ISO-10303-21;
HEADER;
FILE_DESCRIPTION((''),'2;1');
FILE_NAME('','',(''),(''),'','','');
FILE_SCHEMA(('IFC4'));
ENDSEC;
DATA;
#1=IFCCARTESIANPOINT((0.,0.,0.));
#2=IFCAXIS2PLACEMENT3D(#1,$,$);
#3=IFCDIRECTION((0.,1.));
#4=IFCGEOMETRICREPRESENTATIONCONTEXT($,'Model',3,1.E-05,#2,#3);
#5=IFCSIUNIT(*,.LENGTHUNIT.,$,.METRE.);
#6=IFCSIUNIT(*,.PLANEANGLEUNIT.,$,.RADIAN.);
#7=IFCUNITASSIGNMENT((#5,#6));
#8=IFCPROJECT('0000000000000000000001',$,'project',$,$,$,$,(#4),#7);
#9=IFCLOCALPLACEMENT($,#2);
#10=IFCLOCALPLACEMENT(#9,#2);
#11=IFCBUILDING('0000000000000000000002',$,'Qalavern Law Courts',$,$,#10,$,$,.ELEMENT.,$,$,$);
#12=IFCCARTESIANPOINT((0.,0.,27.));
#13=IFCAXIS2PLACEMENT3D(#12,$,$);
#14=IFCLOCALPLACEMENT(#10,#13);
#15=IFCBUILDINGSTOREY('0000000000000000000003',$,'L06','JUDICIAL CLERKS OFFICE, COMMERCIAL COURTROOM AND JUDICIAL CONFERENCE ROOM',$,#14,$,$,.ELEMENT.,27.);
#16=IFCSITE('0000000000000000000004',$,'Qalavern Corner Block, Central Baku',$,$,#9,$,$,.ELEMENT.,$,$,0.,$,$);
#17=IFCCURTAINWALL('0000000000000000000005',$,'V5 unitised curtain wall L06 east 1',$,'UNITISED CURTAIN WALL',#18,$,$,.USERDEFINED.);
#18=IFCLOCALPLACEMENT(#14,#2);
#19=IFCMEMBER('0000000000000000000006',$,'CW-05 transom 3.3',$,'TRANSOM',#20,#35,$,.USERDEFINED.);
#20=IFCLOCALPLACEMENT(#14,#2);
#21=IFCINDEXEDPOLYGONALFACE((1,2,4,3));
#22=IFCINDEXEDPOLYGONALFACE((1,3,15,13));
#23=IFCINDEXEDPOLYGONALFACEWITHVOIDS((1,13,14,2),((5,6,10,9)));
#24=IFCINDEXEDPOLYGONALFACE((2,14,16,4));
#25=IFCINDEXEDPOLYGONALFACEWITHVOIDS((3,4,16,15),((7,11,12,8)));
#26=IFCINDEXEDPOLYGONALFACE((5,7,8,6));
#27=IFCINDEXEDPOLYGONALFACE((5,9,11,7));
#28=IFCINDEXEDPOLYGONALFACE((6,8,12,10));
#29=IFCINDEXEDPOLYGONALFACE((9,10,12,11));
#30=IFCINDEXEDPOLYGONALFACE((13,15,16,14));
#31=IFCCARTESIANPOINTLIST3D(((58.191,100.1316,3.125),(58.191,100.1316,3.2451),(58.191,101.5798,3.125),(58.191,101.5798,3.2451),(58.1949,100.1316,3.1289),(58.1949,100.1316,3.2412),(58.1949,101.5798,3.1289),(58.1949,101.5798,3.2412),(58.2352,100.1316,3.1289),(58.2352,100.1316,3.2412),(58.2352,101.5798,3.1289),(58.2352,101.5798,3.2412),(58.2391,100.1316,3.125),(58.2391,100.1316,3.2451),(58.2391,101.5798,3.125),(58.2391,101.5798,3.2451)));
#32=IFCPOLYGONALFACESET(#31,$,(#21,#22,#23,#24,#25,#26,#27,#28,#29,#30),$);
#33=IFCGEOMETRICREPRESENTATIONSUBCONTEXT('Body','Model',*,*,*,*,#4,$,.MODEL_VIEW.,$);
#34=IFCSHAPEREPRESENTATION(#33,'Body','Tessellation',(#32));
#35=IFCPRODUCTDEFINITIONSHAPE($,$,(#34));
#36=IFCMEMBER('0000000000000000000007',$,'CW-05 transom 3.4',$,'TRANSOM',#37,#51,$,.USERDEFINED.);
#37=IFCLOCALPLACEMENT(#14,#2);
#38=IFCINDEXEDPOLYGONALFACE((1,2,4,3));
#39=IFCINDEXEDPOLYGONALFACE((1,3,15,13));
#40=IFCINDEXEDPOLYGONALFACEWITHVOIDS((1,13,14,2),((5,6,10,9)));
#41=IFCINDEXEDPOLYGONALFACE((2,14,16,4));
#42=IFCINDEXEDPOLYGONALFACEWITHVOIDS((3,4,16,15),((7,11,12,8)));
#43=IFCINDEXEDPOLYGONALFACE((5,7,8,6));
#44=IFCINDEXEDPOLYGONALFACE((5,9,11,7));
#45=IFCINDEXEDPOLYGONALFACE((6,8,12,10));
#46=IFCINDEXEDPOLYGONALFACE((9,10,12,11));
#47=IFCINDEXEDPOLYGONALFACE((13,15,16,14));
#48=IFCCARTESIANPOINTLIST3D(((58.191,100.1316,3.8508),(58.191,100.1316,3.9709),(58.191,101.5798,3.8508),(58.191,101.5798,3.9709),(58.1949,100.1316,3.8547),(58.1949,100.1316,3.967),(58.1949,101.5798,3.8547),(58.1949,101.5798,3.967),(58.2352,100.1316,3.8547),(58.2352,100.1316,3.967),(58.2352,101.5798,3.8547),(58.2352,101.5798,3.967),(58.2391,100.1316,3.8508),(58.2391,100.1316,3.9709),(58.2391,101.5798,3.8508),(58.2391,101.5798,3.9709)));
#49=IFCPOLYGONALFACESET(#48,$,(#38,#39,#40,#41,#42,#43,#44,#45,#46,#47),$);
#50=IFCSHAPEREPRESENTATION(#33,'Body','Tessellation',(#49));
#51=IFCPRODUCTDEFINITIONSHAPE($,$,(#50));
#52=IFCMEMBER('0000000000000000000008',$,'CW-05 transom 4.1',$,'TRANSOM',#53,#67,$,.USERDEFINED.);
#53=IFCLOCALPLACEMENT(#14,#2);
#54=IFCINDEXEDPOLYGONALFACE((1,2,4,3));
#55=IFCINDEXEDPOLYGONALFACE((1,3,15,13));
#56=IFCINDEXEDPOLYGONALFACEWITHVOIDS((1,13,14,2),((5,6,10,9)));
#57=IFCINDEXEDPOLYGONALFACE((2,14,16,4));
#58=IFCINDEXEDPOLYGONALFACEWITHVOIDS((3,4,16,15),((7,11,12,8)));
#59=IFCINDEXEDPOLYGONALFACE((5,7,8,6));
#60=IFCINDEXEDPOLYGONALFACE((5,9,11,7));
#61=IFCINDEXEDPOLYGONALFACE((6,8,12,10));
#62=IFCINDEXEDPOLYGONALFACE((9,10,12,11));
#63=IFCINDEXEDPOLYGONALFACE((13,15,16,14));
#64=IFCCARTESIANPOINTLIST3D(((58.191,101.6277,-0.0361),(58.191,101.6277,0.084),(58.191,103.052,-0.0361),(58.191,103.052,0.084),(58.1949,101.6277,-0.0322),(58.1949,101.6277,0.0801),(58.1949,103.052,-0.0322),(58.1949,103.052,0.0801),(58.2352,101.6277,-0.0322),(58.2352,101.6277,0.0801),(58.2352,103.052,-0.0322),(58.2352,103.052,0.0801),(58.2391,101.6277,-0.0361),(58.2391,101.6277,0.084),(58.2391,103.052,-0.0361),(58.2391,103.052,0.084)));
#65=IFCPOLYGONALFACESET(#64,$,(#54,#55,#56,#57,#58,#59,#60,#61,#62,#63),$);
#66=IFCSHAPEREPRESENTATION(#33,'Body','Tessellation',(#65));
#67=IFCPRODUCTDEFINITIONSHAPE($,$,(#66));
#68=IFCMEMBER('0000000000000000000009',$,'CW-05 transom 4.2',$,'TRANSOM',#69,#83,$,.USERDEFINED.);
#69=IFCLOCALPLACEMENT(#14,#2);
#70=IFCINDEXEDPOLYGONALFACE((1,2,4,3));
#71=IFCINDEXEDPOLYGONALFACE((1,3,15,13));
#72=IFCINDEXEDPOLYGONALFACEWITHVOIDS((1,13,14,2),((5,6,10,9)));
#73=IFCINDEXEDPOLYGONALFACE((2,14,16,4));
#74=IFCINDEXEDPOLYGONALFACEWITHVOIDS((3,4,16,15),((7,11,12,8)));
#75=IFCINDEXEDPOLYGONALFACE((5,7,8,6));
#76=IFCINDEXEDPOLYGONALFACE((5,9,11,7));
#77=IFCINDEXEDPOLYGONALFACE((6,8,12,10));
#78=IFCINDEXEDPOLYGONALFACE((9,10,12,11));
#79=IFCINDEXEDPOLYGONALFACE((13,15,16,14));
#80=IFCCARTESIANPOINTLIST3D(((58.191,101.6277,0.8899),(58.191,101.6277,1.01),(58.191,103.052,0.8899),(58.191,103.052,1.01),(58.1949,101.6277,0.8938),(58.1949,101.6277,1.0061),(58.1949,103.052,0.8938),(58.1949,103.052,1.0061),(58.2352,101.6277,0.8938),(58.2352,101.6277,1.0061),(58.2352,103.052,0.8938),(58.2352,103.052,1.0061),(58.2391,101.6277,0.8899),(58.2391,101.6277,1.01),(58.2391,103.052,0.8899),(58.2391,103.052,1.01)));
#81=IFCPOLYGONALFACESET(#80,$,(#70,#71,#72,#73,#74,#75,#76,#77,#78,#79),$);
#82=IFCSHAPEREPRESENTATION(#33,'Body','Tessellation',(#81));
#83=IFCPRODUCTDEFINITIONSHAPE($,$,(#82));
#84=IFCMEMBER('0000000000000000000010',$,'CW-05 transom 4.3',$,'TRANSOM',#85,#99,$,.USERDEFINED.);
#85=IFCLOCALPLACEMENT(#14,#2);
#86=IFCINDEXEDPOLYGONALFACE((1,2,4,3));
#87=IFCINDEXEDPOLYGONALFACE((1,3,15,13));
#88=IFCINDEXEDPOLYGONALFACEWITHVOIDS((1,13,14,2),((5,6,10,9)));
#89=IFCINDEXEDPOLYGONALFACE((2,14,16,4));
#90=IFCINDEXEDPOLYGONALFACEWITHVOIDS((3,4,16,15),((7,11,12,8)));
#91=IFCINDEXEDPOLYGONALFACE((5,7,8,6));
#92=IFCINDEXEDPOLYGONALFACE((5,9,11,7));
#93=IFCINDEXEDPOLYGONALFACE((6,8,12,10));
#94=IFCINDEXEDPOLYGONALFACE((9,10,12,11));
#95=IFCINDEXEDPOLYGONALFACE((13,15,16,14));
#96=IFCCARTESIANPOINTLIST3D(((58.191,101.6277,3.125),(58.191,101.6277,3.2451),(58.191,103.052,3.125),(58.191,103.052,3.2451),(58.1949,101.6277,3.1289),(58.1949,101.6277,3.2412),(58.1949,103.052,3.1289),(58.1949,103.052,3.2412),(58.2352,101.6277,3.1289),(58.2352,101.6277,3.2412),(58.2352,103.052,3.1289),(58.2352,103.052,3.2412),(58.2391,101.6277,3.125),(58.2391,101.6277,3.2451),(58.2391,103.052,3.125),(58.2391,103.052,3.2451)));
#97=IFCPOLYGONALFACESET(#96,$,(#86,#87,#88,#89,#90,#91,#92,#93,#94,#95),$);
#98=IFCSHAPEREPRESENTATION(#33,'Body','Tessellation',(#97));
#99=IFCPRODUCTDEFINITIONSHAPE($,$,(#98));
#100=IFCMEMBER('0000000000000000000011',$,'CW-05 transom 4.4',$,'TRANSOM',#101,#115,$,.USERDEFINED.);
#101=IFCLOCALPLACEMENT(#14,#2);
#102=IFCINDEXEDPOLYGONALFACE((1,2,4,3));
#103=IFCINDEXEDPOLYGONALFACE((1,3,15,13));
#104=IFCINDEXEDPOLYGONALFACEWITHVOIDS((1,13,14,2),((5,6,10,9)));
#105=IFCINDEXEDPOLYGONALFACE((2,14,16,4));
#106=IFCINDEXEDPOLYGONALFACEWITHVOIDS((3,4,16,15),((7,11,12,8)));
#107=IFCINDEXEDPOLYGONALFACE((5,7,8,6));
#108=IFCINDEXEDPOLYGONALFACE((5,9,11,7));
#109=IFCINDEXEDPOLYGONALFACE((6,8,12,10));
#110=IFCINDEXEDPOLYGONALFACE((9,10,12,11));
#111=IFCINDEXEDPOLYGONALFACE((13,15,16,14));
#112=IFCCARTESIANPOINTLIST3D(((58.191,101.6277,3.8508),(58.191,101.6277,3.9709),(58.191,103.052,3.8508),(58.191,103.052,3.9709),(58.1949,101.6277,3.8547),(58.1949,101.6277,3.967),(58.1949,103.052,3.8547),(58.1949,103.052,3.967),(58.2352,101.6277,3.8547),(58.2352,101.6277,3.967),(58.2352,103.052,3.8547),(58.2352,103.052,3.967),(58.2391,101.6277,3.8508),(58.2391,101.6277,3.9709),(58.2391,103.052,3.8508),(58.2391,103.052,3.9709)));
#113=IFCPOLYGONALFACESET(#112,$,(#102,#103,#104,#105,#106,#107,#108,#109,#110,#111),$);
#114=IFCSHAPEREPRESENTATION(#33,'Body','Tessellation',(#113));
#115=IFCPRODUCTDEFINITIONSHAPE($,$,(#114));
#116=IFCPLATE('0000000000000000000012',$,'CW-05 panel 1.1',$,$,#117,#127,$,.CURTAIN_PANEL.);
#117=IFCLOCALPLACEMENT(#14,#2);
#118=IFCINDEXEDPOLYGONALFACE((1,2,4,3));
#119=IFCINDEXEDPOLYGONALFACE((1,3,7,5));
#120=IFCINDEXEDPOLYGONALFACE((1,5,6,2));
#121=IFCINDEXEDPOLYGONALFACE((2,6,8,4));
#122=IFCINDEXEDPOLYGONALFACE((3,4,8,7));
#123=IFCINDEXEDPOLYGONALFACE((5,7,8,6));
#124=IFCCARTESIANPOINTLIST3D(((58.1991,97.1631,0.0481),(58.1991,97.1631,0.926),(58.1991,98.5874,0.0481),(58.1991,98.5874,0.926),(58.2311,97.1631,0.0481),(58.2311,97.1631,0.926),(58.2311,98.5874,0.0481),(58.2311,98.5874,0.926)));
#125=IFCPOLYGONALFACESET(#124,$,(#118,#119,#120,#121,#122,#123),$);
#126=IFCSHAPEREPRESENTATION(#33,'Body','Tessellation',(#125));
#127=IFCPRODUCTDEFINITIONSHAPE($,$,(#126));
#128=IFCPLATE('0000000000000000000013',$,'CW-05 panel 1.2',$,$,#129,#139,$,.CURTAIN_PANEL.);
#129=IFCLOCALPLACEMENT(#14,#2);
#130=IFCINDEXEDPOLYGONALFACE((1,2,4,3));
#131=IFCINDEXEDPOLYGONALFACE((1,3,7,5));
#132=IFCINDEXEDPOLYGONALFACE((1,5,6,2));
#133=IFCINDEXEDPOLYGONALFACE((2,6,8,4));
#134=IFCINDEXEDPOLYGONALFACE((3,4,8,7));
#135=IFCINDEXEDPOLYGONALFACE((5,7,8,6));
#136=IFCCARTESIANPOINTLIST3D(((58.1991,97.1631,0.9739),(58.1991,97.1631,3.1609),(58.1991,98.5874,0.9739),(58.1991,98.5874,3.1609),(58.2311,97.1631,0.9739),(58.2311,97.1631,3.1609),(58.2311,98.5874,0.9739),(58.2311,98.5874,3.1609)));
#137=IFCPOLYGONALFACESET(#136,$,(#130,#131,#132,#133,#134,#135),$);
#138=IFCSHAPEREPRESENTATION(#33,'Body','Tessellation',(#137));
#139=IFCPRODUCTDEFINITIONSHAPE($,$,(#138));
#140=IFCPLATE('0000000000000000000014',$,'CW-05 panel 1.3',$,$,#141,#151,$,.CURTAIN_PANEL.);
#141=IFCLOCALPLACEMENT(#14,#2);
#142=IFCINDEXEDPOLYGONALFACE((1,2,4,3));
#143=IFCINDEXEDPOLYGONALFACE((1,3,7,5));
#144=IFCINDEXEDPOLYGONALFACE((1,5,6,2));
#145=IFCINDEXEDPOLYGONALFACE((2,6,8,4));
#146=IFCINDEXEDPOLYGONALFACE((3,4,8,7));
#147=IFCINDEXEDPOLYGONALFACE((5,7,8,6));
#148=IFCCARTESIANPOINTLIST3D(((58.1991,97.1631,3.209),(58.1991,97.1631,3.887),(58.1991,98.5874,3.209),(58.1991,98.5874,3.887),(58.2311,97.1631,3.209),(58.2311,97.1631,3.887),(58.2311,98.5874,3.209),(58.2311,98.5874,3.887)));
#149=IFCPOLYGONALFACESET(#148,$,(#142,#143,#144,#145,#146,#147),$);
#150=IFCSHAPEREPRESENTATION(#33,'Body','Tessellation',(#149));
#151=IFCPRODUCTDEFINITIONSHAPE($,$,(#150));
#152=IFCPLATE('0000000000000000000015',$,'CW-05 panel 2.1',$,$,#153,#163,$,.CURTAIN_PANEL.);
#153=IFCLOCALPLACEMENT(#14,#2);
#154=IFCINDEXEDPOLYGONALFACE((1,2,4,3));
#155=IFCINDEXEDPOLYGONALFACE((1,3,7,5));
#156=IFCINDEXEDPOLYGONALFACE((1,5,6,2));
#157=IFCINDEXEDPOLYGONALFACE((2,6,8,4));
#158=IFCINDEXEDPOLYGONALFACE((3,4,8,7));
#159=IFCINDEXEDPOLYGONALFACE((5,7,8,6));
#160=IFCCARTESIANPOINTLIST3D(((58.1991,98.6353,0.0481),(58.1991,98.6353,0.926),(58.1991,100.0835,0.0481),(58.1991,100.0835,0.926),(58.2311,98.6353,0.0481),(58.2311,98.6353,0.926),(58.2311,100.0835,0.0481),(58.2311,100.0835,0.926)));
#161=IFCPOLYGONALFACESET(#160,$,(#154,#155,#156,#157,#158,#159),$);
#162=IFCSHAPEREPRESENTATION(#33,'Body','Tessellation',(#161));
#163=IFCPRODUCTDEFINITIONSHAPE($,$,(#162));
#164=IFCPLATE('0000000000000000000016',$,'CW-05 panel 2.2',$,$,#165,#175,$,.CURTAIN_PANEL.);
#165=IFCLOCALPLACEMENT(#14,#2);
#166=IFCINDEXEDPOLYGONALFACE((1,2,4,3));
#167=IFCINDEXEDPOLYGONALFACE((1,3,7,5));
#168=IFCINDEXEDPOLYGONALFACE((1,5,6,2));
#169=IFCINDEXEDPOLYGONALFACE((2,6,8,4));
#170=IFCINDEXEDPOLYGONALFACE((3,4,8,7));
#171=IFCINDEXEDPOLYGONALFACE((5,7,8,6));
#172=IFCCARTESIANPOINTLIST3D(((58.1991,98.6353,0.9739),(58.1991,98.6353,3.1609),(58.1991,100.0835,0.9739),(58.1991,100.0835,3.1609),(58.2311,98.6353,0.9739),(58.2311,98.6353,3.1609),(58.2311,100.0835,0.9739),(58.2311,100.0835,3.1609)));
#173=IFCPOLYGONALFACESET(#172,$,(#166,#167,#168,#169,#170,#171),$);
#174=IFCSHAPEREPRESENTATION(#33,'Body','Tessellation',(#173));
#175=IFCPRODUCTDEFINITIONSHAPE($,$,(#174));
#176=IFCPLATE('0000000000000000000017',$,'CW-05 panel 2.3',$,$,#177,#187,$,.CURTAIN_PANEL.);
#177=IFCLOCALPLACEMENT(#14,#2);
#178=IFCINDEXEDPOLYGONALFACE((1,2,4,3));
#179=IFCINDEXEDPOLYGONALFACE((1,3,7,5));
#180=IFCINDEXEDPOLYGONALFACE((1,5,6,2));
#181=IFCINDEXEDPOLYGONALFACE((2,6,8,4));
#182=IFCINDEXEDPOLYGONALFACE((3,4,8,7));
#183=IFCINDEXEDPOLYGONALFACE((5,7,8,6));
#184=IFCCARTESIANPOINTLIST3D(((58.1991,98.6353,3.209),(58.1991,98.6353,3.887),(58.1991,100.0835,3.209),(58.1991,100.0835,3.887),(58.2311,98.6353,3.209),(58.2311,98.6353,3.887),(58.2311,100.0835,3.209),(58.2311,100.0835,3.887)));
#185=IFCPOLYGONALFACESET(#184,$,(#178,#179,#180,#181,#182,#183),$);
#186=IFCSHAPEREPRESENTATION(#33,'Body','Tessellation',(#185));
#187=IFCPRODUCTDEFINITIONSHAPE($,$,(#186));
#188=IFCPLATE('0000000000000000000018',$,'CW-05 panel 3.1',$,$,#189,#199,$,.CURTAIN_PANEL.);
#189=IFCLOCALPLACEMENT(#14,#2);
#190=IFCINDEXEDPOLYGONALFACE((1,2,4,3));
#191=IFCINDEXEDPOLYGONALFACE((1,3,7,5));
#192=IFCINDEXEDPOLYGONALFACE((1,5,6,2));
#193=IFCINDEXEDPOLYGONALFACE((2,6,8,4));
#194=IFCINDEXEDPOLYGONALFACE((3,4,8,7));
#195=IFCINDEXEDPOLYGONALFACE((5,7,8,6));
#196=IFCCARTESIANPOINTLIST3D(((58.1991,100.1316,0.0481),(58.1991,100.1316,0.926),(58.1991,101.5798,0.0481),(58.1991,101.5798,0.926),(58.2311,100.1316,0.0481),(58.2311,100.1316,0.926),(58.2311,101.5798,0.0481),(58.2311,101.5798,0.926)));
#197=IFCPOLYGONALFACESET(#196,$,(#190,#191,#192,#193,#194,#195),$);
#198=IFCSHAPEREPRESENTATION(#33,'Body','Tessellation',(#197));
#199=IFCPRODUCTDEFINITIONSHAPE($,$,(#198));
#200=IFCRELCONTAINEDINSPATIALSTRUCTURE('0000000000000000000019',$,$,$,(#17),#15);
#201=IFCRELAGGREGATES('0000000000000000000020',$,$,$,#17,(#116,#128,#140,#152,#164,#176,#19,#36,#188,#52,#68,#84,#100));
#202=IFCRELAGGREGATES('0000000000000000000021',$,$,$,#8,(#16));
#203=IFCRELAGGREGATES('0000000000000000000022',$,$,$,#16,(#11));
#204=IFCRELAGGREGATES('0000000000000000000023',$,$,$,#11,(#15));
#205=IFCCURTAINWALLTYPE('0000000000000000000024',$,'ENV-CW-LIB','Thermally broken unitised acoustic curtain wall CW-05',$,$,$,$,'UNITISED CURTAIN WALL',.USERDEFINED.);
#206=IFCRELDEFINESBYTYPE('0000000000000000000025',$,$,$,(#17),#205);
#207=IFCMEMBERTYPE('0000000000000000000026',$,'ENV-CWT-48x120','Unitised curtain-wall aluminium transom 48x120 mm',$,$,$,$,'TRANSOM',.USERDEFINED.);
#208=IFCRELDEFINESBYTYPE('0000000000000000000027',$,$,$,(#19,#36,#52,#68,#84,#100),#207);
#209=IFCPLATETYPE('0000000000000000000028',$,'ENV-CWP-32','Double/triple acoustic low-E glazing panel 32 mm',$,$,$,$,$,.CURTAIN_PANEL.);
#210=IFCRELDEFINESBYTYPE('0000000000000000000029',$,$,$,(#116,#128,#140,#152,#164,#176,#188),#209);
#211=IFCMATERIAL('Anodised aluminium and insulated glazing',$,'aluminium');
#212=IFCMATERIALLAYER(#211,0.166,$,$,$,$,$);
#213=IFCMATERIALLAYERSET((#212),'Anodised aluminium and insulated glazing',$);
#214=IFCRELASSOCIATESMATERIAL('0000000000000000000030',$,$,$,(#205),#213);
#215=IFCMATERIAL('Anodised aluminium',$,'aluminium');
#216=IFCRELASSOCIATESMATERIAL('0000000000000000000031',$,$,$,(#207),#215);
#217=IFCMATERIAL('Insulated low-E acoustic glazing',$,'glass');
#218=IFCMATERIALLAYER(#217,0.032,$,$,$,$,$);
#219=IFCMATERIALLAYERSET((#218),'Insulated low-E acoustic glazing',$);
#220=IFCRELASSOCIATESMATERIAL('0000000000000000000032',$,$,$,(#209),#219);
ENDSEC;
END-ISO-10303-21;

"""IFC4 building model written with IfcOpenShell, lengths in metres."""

from ifc_helpers import new_model, si_unit, direction, frame, origin, origin_2d, place, context, subcontext, project, spatial, rectangle, hollow_rectangle, extrude, material, layer, layer_set, material_profile, profile_set, type_object, element, aggregate, save


model = new_model("IFC4")

# Units and contexts
model_context = context("Model", 3, precision=1e-05, world=origin(), true_north=direction((0.0, 1.0)))
body_context = subcontext(model_context, "Body", "Model", "MODEL_VIEW")
ifc_project = project(units=[si_unit("LENGTHUNIT", "METRE"), si_unit("PLANEANGLEUNIT", "RADIAN")], contexts=[model_context])

# Site, building, storey
site_placement = place(None, origin())
site = spatial("IfcSite", under=ifc_project, at=site_placement, Name="Qalavern Corner Block, Central Baku", CompositionType="ELEMENT", RefElevation=0.0)
building_placement = place(site_placement, origin())
building = spatial("IfcBuilding", under=site, at=building_placement, Name="Qalavern Law Courts", CompositionType="ELEMENT")
storey_placement = place(building_placement, frame((0.0, 0.0, 27.0)))
storey = spatial("IfcBuildingStorey", under=building, at=storey_placement, Name="L06", Description="JUDICIAL CLERKS OFFICE, COMMERCIAL COURTROOM AND JUDICIAL CONFERENCE ROOM", CompositionType="ELEMENT", Elevation=27.0)

# Curtain wall, members, plates
ifc_material_1 = material(Name="Anodised aluminium and insulated glazing", Category="aluminium")
ifc_layer_1 = layer(ifc_material_1, 0.166)
ifc_layer_set_1 = layer_set([ifc_layer_1], Name="Anodised aluminium and insulated glazing")
curtain_wall_type = type_object("IfcCurtainWallType", Name="ENV-CW-LIB", Description="Thermally broken unitised acoustic curtain wall CW-05", ElementType="UNITISED CURTAIN WALL", PredefinedType="USERDEFINED", material=ifc_layer_set_1)
curtain_wall_placement = place(storey_placement, origin())
curtain_wall = element("IfcCurtainWall", 1, at=curtain_wall_placement, inside=storey, type_object=curtain_wall_type, Name="V5 unitised curtain wall L06 east 1", ObjectType="UNITISED CURTAIN WALL", PredefinedType="USERDEFINED")
ifc_material_2 = material(Name="Anodised aluminium", Category="aluminium")
ifc_material_profile_1 = material_profile(ifc_material_2, hollow_rectangle(XDim=0.0481, YDim=0.1201, WallThickness=0.0039, at=origin_2d()), Name="ALU TRANSOM 48x120")
ifc_profile_set_1 = profile_set([ifc_material_profile_1], Name="Anodised aluminium")
member_type_1 = type_object("IfcMemberType", Name="ENV-CWT-48x120", Description="Unitised curtain-wall aluminium transom 48x120 mm", ElementType="TRANSOM", PredefinedType="USERDEFINED", material=ifc_profile_set_1)
member_1_placement = place(storey_placement, frame((58.2151, 100.1316, 3.1851), z_axis=(0.0, 1.0, 0.0), x_axis=(-1.0, 0.0, 0.0)))
member_1 = element("IfcMember", 2, at=member_1_placement, type_object=member_type_1, Name="CW-05 transom 3.3", ObjectType="TRANSOM", PredefinedType="USERDEFINED", context=body_context, shape_type="SweptSolid", body=[
    extrude(hollow_rectangle(XDim=0.0481, YDim=0.1201, WallThickness=0.0039, at=origin_2d()), origin(), (0.0, 0.0, 1.0), 1.4482),
])
member_2_placement = place(storey_placement, frame((58.2151, 100.1316, 3.9109), z_axis=(0.0, 1.0, 0.0), x_axis=(-1.0, 0.0, 0.0)))
member_2 = element("IfcMember", 3, at=member_2_placement, type_object=member_type_1, Name="CW-05 transom 3.4", ObjectType="TRANSOM", PredefinedType="USERDEFINED", context=body_context, shape_type="SweptSolid", body=[
    extrude(hollow_rectangle(XDim=0.0481, YDim=0.1201, WallThickness=0.0039, at=origin_2d()), origin(), (0.0, 0.0, 1.0), 1.4482),
])
member_3_placement = place(storey_placement, frame((58.2151, 101.6277, 0.0239), z_axis=(0.0, 1.0, 0.0), x_axis=(-1.0, 0.0, 0.0)))
member_3 = element("IfcMember", 4, at=member_3_placement, type_object=member_type_1, Name="CW-05 transom 4.1", ObjectType="TRANSOM", PredefinedType="USERDEFINED", context=body_context, shape_type="SweptSolid", body=[
    extrude(hollow_rectangle(XDim=0.0481, YDim=0.1201, WallThickness=0.0039, at=origin_2d()), origin(), (0.0, 0.0, 1.0), 1.4243),
])
member_4_placement = place(storey_placement, frame((58.2151, 101.6277, 0.95), z_axis=(0.0, 1.0, 0.0), x_axis=(-1.0, 0.0, 0.0)))
member_4 = element("IfcMember", 5, at=member_4_placement, type_object=member_type_1, Name="CW-05 transom 4.2", ObjectType="TRANSOM", PredefinedType="USERDEFINED", context=body_context, shape_type="SweptSolid", body=[
    extrude(hollow_rectangle(XDim=0.0481, YDim=0.1201, WallThickness=0.0039, at=origin_2d()), origin(), (0.0, 0.0, 1.0), 1.4243),
])
member_5_placement = place(storey_placement, frame((58.2151, 101.6277, 3.1851), z_axis=(0.0, 1.0, 0.0), x_axis=(-1.0, 0.0, 0.0)))
member_5 = element("IfcMember", 6, at=member_5_placement, type_object=member_type_1, Name="CW-05 transom 4.3", ObjectType="TRANSOM", PredefinedType="USERDEFINED", context=body_context, shape_type="SweptSolid", body=[
    extrude(hollow_rectangle(XDim=0.0481, YDim=0.1201, WallThickness=0.0039, at=origin_2d()), origin(), (0.0, 0.0, 1.0), 1.4243),
])
member_6_placement = place(storey_placement, frame((58.2151, 101.6277, 3.9109), z_axis=(0.0, 1.0, 0.0), x_axis=(-1.0, 0.0, 0.0)))
member_6 = element("IfcMember", 7, at=member_6_placement, type_object=member_type_1, Name="CW-05 transom 4.4", ObjectType="TRANSOM", PredefinedType="USERDEFINED", context=body_context, shape_type="SweptSolid", body=[
    extrude(hollow_rectangle(XDim=0.0481, YDim=0.1201, WallThickness=0.0039, at=origin_2d()), origin(), (0.0, 0.0, 1.0), 1.4243),
])
ifc_material_3 = material(Name="Insulated low-E acoustic glazing", Category="glass")
ifc_layer_2 = layer(ifc_material_3, 0.032)
ifc_layer_set_2 = layer_set([ifc_layer_2], Name="Insulated low-E acoustic glazing")
plate_type = type_object("IfcPlateType", Name="ENV-CWP-32", Description="Double/triple acoustic low-E glazing panel 32 mm", PredefinedType="CURTAIN_PANEL", material=ifc_layer_set_2)
plate_1_placement = place(storey_placement, frame((58.2151, 97.8752, 0.0481), z_axis=(0.0, 0.0, 1.0), x_axis=(0.0, 1.0, 0.0)))
plate_1 = element("IfcPlate", 8, at=plate_1_placement, type_object=plate_type, Name="CW-05 panel 1.1", PredefinedType="CURTAIN_PANEL", context=body_context, shape_type="SweptSolid", body=[
    extrude(rectangle(XDim=1.4243, YDim=0.032, at=origin_2d()), origin(), (0.0, 0.0, 1.0), 0.8779),
])
plate_2_placement = place(storey_placement, frame((58.2151, 97.8752, 0.9739), z_axis=(0.0, 0.0, 1.0), x_axis=(0.0, 1.0, 0.0)))
plate_2 = element("IfcPlate", 9, at=plate_2_placement, type_object=plate_type, Name="CW-05 panel 1.2", PredefinedType="CURTAIN_PANEL", context=body_context, shape_type="SweptSolid", body=[
    extrude(rectangle(XDim=1.4243, YDim=0.032, at=origin_2d()), origin(), (0.0, 0.0, 1.0), 2.187),
])
plate_3_placement = place(storey_placement, frame((58.2151, 97.8752, 3.209), z_axis=(0.0, 0.0, 1.0), x_axis=(0.0, 1.0, 0.0)))
plate_3 = element("IfcPlate", 10, at=plate_3_placement, type_object=plate_type, Name="CW-05 panel 1.3", PredefinedType="CURTAIN_PANEL", context=body_context, shape_type="SweptSolid", body=[
    extrude(rectangle(XDim=1.4243, YDim=0.032, at=origin_2d()), origin(), (0.0, 0.0, 1.0), 0.678),
])
plate_4_placement = place(storey_placement, frame((58.2151, 99.3594, 0.0481), z_axis=(0.0, 0.0, 1.0), x_axis=(0.0, 1.0, 0.0)))
plate_4 = element("IfcPlate", 11, at=plate_4_placement, type_object=plate_type, Name="CW-05 panel 2.1", PredefinedType="CURTAIN_PANEL", context=body_context, shape_type="SweptSolid", body=[
    extrude(rectangle(XDim=1.4482, YDim=0.032, at=origin_2d()), origin(), (0.0, 0.0, 1.0), 0.8779),
])
plate_5_placement = place(storey_placement, frame((58.2151, 99.3594, 0.9739), z_axis=(0.0, 0.0, 1.0), x_axis=(0.0, 1.0, 0.0)))
plate_5 = element("IfcPlate", 12, at=plate_5_placement, type_object=plate_type, Name="CW-05 panel 2.2", PredefinedType="CURTAIN_PANEL", context=body_context, shape_type="SweptSolid", body=[
    extrude(rectangle(XDim=1.4482, YDim=0.032, at=origin_2d()), origin(), (0.0, 0.0, 1.0), 2.187),
])
plate_6_placement = place(storey_placement, frame((58.2151, 99.3594, 3.209), z_axis=(0.0, 0.0, 1.0), x_axis=(0.0, 1.0, 0.0)))
plate_6 = element("IfcPlate", 13, at=plate_6_placement, type_object=plate_type, Name="CW-05 panel 2.3", PredefinedType="CURTAIN_PANEL", context=body_context, shape_type="SweptSolid", body=[
    extrude(rectangle(XDim=1.4482, YDim=0.032, at=origin_2d()), origin(), (0.0, 0.0, 1.0), 0.678),
])
plate_7_placement = place(storey_placement, frame((58.2151, 100.8557, 0.0481), z_axis=(0.0, 0.0, 1.0), x_axis=(0.0, 1.0, 0.0)))
plate_7 = element("IfcPlate", 14, at=plate_7_placement, type_object=plate_type, Name="CW-05 panel 3.1", PredefinedType="CURTAIN_PANEL", context=body_context, shape_type="SweptSolid", body=[
    extrude(rectangle(XDim=1.4482, YDim=0.032, at=origin_2d()), origin(), (0.0, 0.0, 1.0), 0.8779),
])
aggregate(curtain_wall, [plate_1, plate_2, plate_3, plate_4, plate_5, plate_6, member_1, member_2, plate_7, member_3, member_4, member_5, member_6])

save(model, "model.ifc")
